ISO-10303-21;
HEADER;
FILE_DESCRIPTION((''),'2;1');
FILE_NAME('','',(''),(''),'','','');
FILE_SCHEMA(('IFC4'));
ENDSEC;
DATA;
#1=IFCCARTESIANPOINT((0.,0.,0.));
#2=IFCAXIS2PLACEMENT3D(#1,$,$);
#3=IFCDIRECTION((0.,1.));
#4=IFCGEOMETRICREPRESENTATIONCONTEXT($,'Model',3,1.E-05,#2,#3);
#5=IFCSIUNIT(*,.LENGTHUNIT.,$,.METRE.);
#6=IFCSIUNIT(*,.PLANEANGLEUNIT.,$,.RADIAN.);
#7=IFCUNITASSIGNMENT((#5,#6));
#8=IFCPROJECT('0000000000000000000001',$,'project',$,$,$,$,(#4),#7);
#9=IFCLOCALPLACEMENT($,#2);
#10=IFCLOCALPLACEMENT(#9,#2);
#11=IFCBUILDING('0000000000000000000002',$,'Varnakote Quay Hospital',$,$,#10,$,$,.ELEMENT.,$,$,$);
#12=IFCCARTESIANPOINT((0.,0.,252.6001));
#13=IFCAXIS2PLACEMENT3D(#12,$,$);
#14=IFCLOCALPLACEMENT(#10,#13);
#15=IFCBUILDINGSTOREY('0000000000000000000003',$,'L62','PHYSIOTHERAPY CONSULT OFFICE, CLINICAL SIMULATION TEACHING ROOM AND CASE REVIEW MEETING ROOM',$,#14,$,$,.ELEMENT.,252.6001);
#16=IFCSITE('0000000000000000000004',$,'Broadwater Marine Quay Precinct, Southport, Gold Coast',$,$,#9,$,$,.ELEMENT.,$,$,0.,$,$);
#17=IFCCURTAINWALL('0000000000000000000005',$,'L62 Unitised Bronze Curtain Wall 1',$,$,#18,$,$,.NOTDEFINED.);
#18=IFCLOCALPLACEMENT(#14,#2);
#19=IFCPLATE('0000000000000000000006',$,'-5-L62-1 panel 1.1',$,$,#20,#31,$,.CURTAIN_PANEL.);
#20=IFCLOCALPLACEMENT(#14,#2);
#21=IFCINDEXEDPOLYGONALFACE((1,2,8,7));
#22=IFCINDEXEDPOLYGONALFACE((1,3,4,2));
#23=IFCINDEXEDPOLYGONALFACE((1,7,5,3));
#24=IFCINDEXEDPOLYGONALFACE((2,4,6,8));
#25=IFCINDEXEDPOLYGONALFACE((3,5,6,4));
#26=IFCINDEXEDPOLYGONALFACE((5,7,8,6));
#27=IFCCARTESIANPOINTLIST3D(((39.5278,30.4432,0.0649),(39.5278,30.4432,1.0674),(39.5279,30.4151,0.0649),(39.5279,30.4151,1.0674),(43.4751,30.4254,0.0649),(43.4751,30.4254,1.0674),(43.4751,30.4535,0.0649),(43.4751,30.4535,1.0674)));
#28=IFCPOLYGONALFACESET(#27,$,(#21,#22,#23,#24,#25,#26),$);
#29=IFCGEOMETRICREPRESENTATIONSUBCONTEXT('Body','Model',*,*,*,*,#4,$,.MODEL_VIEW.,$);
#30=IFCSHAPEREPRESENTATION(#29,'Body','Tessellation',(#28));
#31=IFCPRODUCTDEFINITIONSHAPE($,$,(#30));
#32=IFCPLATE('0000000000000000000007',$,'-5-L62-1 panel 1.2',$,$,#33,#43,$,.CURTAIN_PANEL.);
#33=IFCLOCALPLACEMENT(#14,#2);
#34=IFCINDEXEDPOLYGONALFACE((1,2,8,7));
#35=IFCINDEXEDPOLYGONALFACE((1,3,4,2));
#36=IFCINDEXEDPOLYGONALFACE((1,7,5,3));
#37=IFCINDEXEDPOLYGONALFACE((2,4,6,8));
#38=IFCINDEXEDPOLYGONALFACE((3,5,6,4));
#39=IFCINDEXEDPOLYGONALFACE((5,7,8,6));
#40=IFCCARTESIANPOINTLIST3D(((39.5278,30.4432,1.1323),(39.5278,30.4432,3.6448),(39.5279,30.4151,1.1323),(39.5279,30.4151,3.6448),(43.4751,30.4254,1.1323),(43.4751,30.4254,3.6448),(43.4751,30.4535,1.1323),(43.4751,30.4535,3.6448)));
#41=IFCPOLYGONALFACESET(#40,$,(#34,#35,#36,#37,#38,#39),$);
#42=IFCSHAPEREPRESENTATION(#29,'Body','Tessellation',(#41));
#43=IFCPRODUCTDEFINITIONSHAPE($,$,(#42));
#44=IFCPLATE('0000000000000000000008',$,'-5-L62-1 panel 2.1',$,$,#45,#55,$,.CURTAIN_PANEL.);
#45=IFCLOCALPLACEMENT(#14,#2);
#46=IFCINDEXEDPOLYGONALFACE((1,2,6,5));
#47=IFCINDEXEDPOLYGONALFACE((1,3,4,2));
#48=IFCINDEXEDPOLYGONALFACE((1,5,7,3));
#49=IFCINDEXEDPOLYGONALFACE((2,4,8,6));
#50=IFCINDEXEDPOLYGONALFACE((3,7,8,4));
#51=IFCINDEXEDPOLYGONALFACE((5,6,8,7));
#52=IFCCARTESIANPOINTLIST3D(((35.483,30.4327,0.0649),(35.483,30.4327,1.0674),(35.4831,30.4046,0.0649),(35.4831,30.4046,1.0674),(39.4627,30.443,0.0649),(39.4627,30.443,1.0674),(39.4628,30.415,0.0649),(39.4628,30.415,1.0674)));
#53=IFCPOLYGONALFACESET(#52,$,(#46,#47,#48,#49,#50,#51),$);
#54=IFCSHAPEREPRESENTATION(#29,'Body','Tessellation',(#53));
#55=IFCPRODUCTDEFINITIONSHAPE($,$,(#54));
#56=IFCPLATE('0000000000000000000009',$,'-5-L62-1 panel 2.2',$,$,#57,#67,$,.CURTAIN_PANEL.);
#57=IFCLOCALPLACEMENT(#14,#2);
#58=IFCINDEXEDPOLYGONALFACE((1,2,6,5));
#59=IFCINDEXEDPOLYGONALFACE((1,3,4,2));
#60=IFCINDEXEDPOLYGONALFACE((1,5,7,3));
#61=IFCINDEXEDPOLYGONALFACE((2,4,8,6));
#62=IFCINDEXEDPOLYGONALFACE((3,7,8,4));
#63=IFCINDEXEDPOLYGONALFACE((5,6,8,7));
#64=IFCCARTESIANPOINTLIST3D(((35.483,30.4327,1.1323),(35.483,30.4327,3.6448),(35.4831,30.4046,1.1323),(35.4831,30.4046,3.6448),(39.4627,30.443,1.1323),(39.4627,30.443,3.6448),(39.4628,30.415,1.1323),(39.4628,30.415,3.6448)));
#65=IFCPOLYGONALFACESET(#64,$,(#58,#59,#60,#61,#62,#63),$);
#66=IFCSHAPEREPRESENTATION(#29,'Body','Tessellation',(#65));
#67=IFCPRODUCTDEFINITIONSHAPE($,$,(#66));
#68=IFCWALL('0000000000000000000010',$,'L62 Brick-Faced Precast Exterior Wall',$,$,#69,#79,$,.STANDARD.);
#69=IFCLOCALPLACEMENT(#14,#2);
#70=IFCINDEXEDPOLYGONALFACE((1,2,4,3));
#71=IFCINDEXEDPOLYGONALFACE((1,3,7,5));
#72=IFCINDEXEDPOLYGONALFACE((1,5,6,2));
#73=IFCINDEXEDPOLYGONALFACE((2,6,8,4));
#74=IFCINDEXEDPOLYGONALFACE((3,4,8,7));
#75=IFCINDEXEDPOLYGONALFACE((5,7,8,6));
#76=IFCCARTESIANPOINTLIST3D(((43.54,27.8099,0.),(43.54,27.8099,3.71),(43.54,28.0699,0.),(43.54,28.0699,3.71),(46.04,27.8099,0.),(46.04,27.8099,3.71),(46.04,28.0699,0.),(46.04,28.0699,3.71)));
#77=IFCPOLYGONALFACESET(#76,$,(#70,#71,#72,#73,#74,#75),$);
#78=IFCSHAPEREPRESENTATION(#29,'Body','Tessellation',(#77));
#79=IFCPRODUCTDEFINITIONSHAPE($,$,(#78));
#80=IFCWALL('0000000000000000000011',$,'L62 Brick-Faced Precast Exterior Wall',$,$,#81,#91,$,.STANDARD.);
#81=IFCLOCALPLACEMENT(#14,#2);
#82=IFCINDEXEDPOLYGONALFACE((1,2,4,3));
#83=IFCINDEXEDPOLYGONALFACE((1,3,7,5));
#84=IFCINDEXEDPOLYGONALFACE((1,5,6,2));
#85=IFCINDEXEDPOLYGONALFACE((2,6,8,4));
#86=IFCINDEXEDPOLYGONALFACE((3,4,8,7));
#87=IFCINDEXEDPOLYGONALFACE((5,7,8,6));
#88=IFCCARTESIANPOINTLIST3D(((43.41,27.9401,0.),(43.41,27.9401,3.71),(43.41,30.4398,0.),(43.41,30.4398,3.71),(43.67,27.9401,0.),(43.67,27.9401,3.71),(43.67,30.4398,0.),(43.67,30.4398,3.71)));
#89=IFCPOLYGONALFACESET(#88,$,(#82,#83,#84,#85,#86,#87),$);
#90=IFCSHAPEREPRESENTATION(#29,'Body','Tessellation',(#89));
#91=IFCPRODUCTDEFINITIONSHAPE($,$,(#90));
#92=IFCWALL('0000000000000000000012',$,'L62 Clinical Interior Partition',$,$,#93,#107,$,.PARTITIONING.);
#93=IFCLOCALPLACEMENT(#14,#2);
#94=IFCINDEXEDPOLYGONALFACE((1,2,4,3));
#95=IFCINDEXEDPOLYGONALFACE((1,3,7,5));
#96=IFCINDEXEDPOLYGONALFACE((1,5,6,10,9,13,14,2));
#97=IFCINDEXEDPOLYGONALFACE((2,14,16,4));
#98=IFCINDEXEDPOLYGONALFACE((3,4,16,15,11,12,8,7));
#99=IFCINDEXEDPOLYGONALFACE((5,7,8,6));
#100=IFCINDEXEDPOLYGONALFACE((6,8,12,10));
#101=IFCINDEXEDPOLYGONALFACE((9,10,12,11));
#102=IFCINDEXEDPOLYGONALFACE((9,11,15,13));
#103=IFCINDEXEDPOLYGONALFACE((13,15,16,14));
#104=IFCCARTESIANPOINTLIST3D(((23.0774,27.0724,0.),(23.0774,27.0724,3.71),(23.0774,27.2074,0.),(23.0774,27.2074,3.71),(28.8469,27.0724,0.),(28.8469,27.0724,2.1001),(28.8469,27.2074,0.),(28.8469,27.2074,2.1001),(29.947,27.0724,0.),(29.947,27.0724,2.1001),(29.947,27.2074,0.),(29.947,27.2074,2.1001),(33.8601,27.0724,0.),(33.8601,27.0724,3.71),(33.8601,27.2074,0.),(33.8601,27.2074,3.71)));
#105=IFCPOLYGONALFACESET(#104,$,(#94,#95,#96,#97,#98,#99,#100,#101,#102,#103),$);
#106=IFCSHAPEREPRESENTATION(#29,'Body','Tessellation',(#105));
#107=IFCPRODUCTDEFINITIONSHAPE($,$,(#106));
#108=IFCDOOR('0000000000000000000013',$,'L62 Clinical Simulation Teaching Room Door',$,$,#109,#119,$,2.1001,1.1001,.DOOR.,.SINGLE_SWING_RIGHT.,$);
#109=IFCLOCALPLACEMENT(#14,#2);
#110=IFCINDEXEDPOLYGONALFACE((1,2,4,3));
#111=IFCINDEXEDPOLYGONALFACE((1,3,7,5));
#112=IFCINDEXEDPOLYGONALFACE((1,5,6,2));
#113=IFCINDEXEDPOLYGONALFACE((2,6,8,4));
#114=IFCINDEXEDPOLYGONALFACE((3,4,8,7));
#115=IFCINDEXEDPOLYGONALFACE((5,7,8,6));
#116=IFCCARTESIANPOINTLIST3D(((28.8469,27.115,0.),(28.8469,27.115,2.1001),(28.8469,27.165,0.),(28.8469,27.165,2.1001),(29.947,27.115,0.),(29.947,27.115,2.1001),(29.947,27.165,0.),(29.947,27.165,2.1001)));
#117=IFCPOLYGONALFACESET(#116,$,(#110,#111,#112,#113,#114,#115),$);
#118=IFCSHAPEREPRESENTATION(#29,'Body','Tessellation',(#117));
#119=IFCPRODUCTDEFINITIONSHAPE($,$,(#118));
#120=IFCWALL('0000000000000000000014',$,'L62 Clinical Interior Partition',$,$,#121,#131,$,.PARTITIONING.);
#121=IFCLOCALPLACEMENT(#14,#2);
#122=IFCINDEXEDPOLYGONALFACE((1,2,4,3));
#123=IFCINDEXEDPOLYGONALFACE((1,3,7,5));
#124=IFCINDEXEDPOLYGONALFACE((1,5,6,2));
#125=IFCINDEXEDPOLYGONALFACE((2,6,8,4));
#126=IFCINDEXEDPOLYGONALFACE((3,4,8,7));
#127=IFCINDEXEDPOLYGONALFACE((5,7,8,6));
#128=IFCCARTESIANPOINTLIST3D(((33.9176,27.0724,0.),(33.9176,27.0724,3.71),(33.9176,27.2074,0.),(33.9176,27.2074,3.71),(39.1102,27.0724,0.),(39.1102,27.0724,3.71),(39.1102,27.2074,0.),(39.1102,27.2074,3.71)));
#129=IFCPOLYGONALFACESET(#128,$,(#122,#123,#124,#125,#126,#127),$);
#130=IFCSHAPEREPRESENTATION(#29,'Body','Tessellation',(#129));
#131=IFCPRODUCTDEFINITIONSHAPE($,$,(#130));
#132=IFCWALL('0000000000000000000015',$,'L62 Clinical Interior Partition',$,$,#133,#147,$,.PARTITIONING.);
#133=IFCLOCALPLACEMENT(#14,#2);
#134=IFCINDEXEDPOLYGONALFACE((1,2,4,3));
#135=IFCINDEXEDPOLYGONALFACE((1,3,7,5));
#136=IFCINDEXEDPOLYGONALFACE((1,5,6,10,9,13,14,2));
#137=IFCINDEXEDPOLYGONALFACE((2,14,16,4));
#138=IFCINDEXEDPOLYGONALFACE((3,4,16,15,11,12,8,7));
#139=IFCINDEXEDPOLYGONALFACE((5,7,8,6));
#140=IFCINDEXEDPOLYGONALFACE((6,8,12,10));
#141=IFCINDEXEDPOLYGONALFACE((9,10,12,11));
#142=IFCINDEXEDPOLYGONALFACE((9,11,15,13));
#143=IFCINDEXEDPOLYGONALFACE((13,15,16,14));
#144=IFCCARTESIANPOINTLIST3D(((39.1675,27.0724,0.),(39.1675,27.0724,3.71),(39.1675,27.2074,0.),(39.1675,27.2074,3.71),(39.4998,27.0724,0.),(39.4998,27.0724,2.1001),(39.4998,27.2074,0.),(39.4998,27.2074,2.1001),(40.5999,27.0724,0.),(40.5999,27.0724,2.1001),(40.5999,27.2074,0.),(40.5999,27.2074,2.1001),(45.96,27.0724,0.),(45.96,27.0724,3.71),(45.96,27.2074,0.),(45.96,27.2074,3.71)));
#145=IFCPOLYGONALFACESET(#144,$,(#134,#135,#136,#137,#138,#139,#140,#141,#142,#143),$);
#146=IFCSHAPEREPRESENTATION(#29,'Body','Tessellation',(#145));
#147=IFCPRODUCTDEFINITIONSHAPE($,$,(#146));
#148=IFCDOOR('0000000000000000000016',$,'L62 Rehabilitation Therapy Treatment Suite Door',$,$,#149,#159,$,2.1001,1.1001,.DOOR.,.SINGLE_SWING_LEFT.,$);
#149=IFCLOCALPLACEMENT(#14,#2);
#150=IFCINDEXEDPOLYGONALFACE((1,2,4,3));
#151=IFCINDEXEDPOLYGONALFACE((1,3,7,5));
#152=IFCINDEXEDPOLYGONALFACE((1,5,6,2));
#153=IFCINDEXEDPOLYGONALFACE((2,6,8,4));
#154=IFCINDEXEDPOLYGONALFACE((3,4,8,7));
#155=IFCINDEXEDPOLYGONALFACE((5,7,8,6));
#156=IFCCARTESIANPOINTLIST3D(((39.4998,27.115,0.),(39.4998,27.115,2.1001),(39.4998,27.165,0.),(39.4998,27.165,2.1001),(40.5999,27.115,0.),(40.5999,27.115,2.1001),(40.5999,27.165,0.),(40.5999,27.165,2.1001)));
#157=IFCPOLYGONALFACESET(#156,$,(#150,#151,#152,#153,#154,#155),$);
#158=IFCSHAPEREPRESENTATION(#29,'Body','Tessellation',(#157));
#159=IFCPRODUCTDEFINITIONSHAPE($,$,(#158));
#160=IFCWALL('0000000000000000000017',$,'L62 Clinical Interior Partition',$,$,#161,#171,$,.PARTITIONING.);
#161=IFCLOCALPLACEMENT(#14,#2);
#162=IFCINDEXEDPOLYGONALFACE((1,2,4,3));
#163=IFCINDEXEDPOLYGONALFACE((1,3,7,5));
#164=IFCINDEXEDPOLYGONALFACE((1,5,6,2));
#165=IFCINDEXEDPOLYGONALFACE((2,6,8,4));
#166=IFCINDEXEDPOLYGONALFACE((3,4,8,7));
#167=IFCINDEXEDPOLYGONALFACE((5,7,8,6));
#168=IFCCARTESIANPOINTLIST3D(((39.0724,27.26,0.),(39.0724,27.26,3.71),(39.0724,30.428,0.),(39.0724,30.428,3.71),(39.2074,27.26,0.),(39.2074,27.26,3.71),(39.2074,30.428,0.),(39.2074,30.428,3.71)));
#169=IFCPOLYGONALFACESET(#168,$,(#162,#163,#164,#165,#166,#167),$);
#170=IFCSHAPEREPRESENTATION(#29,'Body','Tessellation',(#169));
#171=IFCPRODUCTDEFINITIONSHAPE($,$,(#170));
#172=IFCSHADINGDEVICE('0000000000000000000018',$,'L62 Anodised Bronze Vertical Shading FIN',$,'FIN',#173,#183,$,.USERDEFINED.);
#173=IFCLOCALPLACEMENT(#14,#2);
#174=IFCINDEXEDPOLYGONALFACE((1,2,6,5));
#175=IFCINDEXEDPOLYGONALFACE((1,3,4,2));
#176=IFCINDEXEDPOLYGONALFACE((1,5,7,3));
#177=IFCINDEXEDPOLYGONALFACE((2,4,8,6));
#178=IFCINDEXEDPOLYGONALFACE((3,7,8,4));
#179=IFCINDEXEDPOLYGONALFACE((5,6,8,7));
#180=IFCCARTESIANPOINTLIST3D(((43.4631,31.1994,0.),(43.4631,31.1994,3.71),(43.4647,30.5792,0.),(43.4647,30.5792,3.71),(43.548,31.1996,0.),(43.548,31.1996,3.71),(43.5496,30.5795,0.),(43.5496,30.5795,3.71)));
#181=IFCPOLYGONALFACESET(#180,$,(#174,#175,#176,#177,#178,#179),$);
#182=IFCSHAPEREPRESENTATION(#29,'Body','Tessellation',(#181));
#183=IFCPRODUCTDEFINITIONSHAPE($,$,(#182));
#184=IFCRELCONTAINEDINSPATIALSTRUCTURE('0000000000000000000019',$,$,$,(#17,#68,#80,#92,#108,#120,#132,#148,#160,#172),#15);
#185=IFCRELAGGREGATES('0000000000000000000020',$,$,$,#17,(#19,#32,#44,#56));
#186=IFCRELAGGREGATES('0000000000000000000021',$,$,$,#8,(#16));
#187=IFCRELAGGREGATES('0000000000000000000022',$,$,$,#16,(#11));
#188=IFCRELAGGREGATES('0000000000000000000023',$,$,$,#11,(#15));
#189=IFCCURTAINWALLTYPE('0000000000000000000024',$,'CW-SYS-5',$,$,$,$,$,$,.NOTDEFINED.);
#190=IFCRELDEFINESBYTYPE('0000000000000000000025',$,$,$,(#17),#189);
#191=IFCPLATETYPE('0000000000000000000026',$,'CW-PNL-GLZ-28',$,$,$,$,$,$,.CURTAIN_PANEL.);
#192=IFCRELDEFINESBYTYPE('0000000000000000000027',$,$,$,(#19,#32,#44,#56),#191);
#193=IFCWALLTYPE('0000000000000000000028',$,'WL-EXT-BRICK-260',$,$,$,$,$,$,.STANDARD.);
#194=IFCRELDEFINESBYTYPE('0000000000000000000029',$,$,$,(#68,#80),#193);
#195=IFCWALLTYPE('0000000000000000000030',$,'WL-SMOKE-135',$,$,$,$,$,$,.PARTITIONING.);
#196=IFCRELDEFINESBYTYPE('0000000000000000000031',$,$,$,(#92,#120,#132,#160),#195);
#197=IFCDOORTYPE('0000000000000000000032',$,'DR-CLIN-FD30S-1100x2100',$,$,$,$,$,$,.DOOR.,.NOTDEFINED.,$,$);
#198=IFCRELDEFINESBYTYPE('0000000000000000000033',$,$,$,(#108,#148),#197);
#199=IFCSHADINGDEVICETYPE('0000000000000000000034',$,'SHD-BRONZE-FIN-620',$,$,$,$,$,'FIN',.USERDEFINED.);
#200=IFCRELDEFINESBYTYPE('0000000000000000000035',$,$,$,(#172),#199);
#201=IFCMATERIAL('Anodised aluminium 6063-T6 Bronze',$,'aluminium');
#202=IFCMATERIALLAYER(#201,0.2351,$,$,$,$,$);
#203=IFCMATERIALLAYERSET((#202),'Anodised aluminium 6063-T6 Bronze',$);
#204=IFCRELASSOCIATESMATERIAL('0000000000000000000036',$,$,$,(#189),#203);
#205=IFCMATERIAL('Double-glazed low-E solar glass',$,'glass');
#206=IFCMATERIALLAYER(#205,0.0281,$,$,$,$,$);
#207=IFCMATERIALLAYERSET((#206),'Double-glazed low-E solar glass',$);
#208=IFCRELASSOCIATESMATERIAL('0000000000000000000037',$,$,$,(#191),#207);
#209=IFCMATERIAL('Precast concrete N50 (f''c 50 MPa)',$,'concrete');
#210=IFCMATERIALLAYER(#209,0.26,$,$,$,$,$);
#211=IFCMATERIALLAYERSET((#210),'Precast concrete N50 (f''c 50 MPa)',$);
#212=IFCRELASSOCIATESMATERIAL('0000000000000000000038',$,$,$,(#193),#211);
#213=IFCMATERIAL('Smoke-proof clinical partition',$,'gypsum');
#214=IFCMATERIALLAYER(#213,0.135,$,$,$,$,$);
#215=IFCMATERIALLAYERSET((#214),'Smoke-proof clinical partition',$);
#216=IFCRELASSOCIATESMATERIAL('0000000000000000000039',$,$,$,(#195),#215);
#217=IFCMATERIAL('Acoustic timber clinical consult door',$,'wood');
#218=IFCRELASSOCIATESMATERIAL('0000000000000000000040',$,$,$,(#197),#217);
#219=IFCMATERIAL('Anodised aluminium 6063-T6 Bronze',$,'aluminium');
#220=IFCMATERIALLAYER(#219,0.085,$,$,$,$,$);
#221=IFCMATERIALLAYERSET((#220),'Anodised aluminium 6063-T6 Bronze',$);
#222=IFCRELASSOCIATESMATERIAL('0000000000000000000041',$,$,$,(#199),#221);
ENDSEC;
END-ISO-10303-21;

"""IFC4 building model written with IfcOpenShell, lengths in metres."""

from ifc_helpers import new_model, si_unit, direction, frame, frame_2d, origin, origin_2d, place, context, subcontext, project, spatial, rectangle, extrude, material, layer, layer_set, type_object, element, fill, aggregate, save


model = new_model("IFC4")

# Units and contexts
model_context = context("Model", 3, precision=1e-05, world=origin(), true_north=direction((0.0, 1.0)))
body_context = subcontext(model_context, "Body", "Model", "MODEL_VIEW")
ifc_project = project(units=[si_unit("LENGTHUNIT", "METRE"), si_unit("PLANEANGLEUNIT", "RADIAN")], contexts=[model_context])

# Site, building, storey
site_placement = place(None, origin())
site = spatial("IfcSite", under=ifc_project, at=site_placement, Name="Broadwater Marine Quay Precinct, Southport, Gold Coast", CompositionType="ELEMENT", RefElevation=0.0)
building_placement = place(site_placement, origin())
building = spatial("IfcBuilding", under=site, at=building_placement, Name="Varnakote Quay Hospital", CompositionType="ELEMENT")
storey_placement = place(building_placement, frame((0.0, 0.0, 252.6001)))
storey = spatial("IfcBuildingStorey", under=building, at=storey_placement, Name="L62", Description="PHYSIOTHERAPY CONSULT OFFICE, CLINICAL SIMULATION TEACHING ROOM AND CASE REVIEW MEETING ROOM", CompositionType="ELEMENT", Elevation=252.6001)

# Curtain wall
ifc_material_1 = material(Name="Anodised aluminium 6063-T6 Bronze", Category="aluminium")
ifc_layer_1 = layer(ifc_material_1, 0.2351)
ifc_layer_set_1 = layer_set([ifc_layer_1], Name="Anodised aluminium 6063-T6 Bronze")
curtain_wall_type = type_object("IfcCurtainWallType", Name="CW-SYS-5", PredefinedType="NOTDEFINED", material=ifc_layer_set_1)
curtain_wall_placement = place(storey_placement, origin())
curtain_wall = element("IfcCurtainWall", 1, at=curtain_wall_placement, inside=storey, type_object=curtain_wall_type, Name="L62 Unitised Bronze Curtain Wall 1", PredefinedType="NOTDEFINED")

# Plates
ifc_material_2 = material(Name="Double-glazed low-E solar glass", Category="glass")
ifc_layer_2 = layer(ifc_material_2, 0.0281)
ifc_layer_set_2 = layer_set([ifc_layer_2], Name="Double-glazed low-E solar glass")
plate_type = type_object("IfcPlateType", Name="CW-PNL-GLZ-28", PredefinedType="CURTAIN_PANEL", material=ifc_layer_set_2)
plate_1_placement = place(storey_placement, frame((41.5015, 30.4343, 0.0649), z_axis=(0.0, 0.0, 1.0), x_axis=(-0.999997, -0.002604, 0.0)))
plate_1 = element("IfcPlate", 2, at=plate_1_placement, type_object=plate_type, Name="-5-L62-1 panel 1.1", PredefinedType="CURTAIN_PANEL", context=body_context, shape_type="SweptSolid", body=[
    extrude(rectangle(XDim=3.9473, YDim=0.0281, at=origin_2d()), origin(), (0.0, 0.0, 1.0), 1.0024),
])
plate_2_placement = place(storey_placement, frame((41.5015, 30.4343, 1.1323), z_axis=(0.0, 0.0, 1.0), x_axis=(-0.999997, -0.002604, 0.0)))
plate_2 = element("IfcPlate", 3, at=plate_2_placement, type_object=plate_type, Name="-5-L62-1 panel 1.2", PredefinedType="CURTAIN_PANEL", context=body_context, shape_type="SweptSolid", body=[
    extrude(rectangle(XDim=3.9473, YDim=0.0281, at=origin_2d()), origin(), (0.0, 0.0, 1.0), 2.5125),
])
plate_3_placement = place(storey_placement, frame((37.4729, 30.4238, 0.0649), z_axis=(0.0, 0.0, 1.0), x_axis=(-0.999997, -0.002604, 0.0)))
plate_3 = element("IfcPlate", 4, at=plate_3_placement, type_object=plate_type, Name="-5-L62-1 panel 2.1", PredefinedType="CURTAIN_PANEL", context=body_context, shape_type="SweptSolid", body=[
    extrude(rectangle(XDim=3.9797, YDim=0.0281, at=origin_2d()), origin(), (0.0, 0.0, 1.0), 1.0024),
])
plate_4_placement = place(storey_placement, frame((37.4729, 30.4238, 1.1323), z_axis=(0.0, 0.0, 1.0), x_axis=(-0.999997, -0.002604, 0.0)))
plate_4 = element("IfcPlate", 5, at=plate_4_placement, type_object=plate_type, Name="-5-L62-1 panel 2.2", PredefinedType="CURTAIN_PANEL", context=body_context, shape_type="SweptSolid", body=[
    extrude(rectangle(XDim=3.9797, YDim=0.0281, at=origin_2d()), origin(), (0.0, 0.0, 1.0), 2.5125),
])
aggregate(curtain_wall, [plate_1, plate_2, plate_3, plate_4])

# Walls
ifc_material_3 = material(Name="Precast concrete N50 (f'c 50 MPa)", Category="concrete")
ifc_layer_3 = layer(ifc_material_3, 0.26)
ifc_layer_set_3 = layer_set([ifc_layer_3], Name="Precast concrete N50 (f'c 50 MPa)")
wall_type_1 = type_object("IfcWallType", Name="WL-EXT-BRICK-260", PredefinedType="STANDARD", material=ifc_layer_set_3)
wall_1_placement = place(storey_placement, frame((46.04, 27.9399, 0.0), z_axis=(0.0, 0.0, 1.0), x_axis=(-1.0, 0.0, 0.0)))
element("IfcWall", 6, at=wall_1_placement, inside=storey, type_object=wall_type_1, Name="L62 Brick-Faced Precast Exterior Wall", PredefinedType="STANDARD", context=body_context, shape_type="SweptSolid", body=[
    extrude(rectangle(XDim=2.5, YDim=0.26, at=frame_2d((1.25, 0.0))), origin(), (0.0, 0.0, 1.0), 3.71),
])
wall_2_placement = place(storey_placement, frame((43.54, 27.9399, 0.0), z_axis=(0.0, 0.0, 1.0), x_axis=(0.0, 1.0, 0.0)))
element("IfcWall", 7, at=wall_2_placement, inside=storey, type_object=wall_type_1, Name="L62 Brick-Faced Precast Exterior Wall", PredefinedType="STANDARD", context=body_context, shape_type="SweptSolid", body=[
    extrude(rectangle(XDim=2.4998, YDim=0.26, at=frame_2d((1.25, 0.0))), origin(), (0.0, 0.0, 1.0), 3.71),
])

# Wall, opening, door
ifc_material_4 = material(Name="Smoke-proof clinical partition", Category="gypsum")
ifc_layer_4 = layer(ifc_material_4, 0.135)
ifc_layer_set_4 = layer_set([ifc_layer_4], Name="Smoke-proof clinical partition")
wall_type_2 = type_object("IfcWallType", Name="WL-SMOKE-135", PredefinedType="PARTITIONING", material=ifc_layer_set_4)
wall_3_placement = place(storey_placement, frame((33.8601, 27.1399, 0.0), z_axis=(0.0, 0.0, 1.0), x_axis=(-1.0, 0.0, 0.0)))
wall_3 = element("IfcWall", 8, at=wall_3_placement, inside=storey, type_object=wall_type_2, Name="L62 Clinical Interior Partition", PredefinedType="PARTITIONING", context=body_context, shape_type="SweptSolid", body=[
    extrude(rectangle(XDim=10.7827, YDim=0.135, at=frame_2d((5.3914, 0.0))), origin(), (0.0, 0.0, 1.0), 3.71),
])
opening_1_placement = place(wall_3_placement, frame((3.9131, 0.0, 0.0)))
opening_1 = element("IfcOpeningElement", 9, at=opening_1_placement, cuts=wall_3, PredefinedType="OPENING", context=body_context, shape_type="SweptSolid", body=[
    extrude(rectangle(XDim=1.1001, YDim=2.1001, at=frame_2d((0.55, 1.05))), frame((0.0, 0.0774, 0.0), z_axis=(0.0, -1.0, 0.0), x_axis=(1.0, 0.0, 0.0)), (0.0, 0.0, 1.0), 0.155),
])
ifc_material_5 = material(Name="Acoustic timber clinical consult door", Category="wood")
door_type = type_object("IfcDoorType", Name="DR-CLIN-FD30S-1100x2100", OperationType="NOTDEFINED", PredefinedType="DOOR", material=ifc_material_5)
door_1_placement = place(opening_1_placement, origin())
door_1 = element("IfcDoor", 10, at=door_1_placement, inside=storey, type_object=door_type, Name="L62 Clinical Simulation Teaching Room Door", OperationType="SINGLE_SWING_RIGHT", OverallHeight=2.1001, OverallWidth=1.1001, PredefinedType="DOOR", context=body_context, shape_type="SweptSolid", body=[
    extrude(rectangle(XDim=1.1001, YDim=2.1001, at=frame_2d((0.55, 1.05))), frame((0.0, 0.0249, 0.0), z_axis=(0.0, -1.0, 0.0), x_axis=(1.0, 0.0, 0.0)), (0.0, 0.0, 1.0), 0.05),
])
fill(opening_1, door_1)

# Wall
wall_4_placement = place(storey_placement, frame((39.1101, 27.1399, 0.0), z_axis=(0.0, 0.0, 1.0), x_axis=(-1.0, 0.0, 0.0)))
element("IfcWall", 11, at=wall_4_placement, inside=storey, type_object=wall_type_2, Name="L62 Clinical Interior Partition", PredefinedType="PARTITIONING", context=body_context, shape_type="SweptSolid", body=[
    extrude(rectangle(XDim=5.1926, YDim=0.135, at=frame_2d((2.5962, 0.0))), origin(), (0.0, 0.0, 1.0), 3.71),
])

# Wall, opening, door
wall_5_placement = place(storey_placement, frame((45.96, 27.1399, 0.0), z_axis=(0.0, 0.0, 1.0), x_axis=(-1.0, 0.0, 0.0)))
wall_5 = element("IfcWall", 12, at=wall_5_placement, inside=storey, type_object=wall_type_2, Name="L62 Clinical Interior Partition", PredefinedType="PARTITIONING", context=body_context, shape_type="SweptSolid", body=[
    extrude(rectangle(XDim=6.7925, YDim=0.135, at=frame_2d((3.3962, 0.0))), origin(), (0.0, 0.0, 1.0), 3.71),
])
opening_2_placement = place(wall_5_placement, frame((5.3601, 0.0, 0.0)))
opening_2 = element("IfcOpeningElement", 13, at=opening_2_placement, cuts=wall_5, PredefinedType="OPENING", context=body_context, shape_type="SweptSolid", body=[
    extrude(rectangle(XDim=1.1001, YDim=2.1001, at=frame_2d((0.55, 1.05))), frame((0.0, 0.0774, 0.0), z_axis=(0.0, -1.0, 0.0), x_axis=(1.0, 0.0, 0.0)), (0.0, 0.0, 1.0), 0.155),
])
door_2_placement = place(opening_2_placement, origin())
door_2 = element("IfcDoor", 14, at=door_2_placement, inside=storey, type_object=door_type, Name="L62 Rehabilitation Therapy Treatment Suite Door", OperationType="SINGLE_SWING_LEFT", OverallHeight=2.1001, OverallWidth=1.1001, PredefinedType="DOOR", context=body_context, shape_type="SweptSolid", body=[
    extrude(rectangle(XDim=1.1001, YDim=2.1001, at=frame_2d((0.55, 1.05))), frame((0.0, 0.0249, 0.0), z_axis=(0.0, -1.0, 0.0), x_axis=(1.0, 0.0, 0.0)), (0.0, 0.0, 1.0), 0.05),
])
fill(opening_2, door_2)

# Wall
wall_6_placement = place(storey_placement, frame((39.1399, 27.26, 0.0), z_axis=(0.0, 0.0, 1.0), x_axis=(0.0, 1.0, 0.0)))
element("IfcWall", 15, at=wall_6_placement, inside=storey, type_object=wall_type_2, Name="L62 Clinical Interior Partition", PredefinedType="PARTITIONING", context=body_context, shape_type="SweptSolid", body=[
    extrude(rectangle(XDim=3.168, YDim=0.135, at=frame_2d((1.584, 0.0))), origin(), (0.0, 0.0, 1.0), 3.71),
])

# Shading device
ifc_material_6 = material(Name="Anodised aluminium 6063-T6 Bronze", Category="aluminium")
ifc_layer_5 = layer(ifc_material_6, 0.085)
ifc_layer_set_5 = layer_set([ifc_layer_5], Name="Anodised aluminium 6063-T6 Bronze")
shading_device_type = type_object("IfcShadingDeviceType", Name="SHD-BRONZE-FIN-620", ElementType="FIN", PredefinedType="USERDEFINED", material=ifc_layer_set_5)
for number, where, z_axis, x_axis, name in (
    (16, (43.5063, 30.8894, 0.0), (0.0, 0.0, 1.0), (0.002618, -0.999997, 0.0), "L62 Anodised Bronze Vertical Shading FIN"),
):
    element("IfcShadingDevice", number, at=place(storey_placement, frame(where, z_axis=z_axis, x_axis=x_axis)), inside=storey, type_object=shading_device_type, Name=name, ObjectType="FIN", PredefinedType="USERDEFINED", context=body_context, shape_type="SweptSolid", body=[
        extrude(rectangle(XDim=0.6201, YDim=0.085, at=origin_2d()), origin(), (0.0, 0.0, 1.0), 3.71),
    ])

save(model, "model.ifc")
